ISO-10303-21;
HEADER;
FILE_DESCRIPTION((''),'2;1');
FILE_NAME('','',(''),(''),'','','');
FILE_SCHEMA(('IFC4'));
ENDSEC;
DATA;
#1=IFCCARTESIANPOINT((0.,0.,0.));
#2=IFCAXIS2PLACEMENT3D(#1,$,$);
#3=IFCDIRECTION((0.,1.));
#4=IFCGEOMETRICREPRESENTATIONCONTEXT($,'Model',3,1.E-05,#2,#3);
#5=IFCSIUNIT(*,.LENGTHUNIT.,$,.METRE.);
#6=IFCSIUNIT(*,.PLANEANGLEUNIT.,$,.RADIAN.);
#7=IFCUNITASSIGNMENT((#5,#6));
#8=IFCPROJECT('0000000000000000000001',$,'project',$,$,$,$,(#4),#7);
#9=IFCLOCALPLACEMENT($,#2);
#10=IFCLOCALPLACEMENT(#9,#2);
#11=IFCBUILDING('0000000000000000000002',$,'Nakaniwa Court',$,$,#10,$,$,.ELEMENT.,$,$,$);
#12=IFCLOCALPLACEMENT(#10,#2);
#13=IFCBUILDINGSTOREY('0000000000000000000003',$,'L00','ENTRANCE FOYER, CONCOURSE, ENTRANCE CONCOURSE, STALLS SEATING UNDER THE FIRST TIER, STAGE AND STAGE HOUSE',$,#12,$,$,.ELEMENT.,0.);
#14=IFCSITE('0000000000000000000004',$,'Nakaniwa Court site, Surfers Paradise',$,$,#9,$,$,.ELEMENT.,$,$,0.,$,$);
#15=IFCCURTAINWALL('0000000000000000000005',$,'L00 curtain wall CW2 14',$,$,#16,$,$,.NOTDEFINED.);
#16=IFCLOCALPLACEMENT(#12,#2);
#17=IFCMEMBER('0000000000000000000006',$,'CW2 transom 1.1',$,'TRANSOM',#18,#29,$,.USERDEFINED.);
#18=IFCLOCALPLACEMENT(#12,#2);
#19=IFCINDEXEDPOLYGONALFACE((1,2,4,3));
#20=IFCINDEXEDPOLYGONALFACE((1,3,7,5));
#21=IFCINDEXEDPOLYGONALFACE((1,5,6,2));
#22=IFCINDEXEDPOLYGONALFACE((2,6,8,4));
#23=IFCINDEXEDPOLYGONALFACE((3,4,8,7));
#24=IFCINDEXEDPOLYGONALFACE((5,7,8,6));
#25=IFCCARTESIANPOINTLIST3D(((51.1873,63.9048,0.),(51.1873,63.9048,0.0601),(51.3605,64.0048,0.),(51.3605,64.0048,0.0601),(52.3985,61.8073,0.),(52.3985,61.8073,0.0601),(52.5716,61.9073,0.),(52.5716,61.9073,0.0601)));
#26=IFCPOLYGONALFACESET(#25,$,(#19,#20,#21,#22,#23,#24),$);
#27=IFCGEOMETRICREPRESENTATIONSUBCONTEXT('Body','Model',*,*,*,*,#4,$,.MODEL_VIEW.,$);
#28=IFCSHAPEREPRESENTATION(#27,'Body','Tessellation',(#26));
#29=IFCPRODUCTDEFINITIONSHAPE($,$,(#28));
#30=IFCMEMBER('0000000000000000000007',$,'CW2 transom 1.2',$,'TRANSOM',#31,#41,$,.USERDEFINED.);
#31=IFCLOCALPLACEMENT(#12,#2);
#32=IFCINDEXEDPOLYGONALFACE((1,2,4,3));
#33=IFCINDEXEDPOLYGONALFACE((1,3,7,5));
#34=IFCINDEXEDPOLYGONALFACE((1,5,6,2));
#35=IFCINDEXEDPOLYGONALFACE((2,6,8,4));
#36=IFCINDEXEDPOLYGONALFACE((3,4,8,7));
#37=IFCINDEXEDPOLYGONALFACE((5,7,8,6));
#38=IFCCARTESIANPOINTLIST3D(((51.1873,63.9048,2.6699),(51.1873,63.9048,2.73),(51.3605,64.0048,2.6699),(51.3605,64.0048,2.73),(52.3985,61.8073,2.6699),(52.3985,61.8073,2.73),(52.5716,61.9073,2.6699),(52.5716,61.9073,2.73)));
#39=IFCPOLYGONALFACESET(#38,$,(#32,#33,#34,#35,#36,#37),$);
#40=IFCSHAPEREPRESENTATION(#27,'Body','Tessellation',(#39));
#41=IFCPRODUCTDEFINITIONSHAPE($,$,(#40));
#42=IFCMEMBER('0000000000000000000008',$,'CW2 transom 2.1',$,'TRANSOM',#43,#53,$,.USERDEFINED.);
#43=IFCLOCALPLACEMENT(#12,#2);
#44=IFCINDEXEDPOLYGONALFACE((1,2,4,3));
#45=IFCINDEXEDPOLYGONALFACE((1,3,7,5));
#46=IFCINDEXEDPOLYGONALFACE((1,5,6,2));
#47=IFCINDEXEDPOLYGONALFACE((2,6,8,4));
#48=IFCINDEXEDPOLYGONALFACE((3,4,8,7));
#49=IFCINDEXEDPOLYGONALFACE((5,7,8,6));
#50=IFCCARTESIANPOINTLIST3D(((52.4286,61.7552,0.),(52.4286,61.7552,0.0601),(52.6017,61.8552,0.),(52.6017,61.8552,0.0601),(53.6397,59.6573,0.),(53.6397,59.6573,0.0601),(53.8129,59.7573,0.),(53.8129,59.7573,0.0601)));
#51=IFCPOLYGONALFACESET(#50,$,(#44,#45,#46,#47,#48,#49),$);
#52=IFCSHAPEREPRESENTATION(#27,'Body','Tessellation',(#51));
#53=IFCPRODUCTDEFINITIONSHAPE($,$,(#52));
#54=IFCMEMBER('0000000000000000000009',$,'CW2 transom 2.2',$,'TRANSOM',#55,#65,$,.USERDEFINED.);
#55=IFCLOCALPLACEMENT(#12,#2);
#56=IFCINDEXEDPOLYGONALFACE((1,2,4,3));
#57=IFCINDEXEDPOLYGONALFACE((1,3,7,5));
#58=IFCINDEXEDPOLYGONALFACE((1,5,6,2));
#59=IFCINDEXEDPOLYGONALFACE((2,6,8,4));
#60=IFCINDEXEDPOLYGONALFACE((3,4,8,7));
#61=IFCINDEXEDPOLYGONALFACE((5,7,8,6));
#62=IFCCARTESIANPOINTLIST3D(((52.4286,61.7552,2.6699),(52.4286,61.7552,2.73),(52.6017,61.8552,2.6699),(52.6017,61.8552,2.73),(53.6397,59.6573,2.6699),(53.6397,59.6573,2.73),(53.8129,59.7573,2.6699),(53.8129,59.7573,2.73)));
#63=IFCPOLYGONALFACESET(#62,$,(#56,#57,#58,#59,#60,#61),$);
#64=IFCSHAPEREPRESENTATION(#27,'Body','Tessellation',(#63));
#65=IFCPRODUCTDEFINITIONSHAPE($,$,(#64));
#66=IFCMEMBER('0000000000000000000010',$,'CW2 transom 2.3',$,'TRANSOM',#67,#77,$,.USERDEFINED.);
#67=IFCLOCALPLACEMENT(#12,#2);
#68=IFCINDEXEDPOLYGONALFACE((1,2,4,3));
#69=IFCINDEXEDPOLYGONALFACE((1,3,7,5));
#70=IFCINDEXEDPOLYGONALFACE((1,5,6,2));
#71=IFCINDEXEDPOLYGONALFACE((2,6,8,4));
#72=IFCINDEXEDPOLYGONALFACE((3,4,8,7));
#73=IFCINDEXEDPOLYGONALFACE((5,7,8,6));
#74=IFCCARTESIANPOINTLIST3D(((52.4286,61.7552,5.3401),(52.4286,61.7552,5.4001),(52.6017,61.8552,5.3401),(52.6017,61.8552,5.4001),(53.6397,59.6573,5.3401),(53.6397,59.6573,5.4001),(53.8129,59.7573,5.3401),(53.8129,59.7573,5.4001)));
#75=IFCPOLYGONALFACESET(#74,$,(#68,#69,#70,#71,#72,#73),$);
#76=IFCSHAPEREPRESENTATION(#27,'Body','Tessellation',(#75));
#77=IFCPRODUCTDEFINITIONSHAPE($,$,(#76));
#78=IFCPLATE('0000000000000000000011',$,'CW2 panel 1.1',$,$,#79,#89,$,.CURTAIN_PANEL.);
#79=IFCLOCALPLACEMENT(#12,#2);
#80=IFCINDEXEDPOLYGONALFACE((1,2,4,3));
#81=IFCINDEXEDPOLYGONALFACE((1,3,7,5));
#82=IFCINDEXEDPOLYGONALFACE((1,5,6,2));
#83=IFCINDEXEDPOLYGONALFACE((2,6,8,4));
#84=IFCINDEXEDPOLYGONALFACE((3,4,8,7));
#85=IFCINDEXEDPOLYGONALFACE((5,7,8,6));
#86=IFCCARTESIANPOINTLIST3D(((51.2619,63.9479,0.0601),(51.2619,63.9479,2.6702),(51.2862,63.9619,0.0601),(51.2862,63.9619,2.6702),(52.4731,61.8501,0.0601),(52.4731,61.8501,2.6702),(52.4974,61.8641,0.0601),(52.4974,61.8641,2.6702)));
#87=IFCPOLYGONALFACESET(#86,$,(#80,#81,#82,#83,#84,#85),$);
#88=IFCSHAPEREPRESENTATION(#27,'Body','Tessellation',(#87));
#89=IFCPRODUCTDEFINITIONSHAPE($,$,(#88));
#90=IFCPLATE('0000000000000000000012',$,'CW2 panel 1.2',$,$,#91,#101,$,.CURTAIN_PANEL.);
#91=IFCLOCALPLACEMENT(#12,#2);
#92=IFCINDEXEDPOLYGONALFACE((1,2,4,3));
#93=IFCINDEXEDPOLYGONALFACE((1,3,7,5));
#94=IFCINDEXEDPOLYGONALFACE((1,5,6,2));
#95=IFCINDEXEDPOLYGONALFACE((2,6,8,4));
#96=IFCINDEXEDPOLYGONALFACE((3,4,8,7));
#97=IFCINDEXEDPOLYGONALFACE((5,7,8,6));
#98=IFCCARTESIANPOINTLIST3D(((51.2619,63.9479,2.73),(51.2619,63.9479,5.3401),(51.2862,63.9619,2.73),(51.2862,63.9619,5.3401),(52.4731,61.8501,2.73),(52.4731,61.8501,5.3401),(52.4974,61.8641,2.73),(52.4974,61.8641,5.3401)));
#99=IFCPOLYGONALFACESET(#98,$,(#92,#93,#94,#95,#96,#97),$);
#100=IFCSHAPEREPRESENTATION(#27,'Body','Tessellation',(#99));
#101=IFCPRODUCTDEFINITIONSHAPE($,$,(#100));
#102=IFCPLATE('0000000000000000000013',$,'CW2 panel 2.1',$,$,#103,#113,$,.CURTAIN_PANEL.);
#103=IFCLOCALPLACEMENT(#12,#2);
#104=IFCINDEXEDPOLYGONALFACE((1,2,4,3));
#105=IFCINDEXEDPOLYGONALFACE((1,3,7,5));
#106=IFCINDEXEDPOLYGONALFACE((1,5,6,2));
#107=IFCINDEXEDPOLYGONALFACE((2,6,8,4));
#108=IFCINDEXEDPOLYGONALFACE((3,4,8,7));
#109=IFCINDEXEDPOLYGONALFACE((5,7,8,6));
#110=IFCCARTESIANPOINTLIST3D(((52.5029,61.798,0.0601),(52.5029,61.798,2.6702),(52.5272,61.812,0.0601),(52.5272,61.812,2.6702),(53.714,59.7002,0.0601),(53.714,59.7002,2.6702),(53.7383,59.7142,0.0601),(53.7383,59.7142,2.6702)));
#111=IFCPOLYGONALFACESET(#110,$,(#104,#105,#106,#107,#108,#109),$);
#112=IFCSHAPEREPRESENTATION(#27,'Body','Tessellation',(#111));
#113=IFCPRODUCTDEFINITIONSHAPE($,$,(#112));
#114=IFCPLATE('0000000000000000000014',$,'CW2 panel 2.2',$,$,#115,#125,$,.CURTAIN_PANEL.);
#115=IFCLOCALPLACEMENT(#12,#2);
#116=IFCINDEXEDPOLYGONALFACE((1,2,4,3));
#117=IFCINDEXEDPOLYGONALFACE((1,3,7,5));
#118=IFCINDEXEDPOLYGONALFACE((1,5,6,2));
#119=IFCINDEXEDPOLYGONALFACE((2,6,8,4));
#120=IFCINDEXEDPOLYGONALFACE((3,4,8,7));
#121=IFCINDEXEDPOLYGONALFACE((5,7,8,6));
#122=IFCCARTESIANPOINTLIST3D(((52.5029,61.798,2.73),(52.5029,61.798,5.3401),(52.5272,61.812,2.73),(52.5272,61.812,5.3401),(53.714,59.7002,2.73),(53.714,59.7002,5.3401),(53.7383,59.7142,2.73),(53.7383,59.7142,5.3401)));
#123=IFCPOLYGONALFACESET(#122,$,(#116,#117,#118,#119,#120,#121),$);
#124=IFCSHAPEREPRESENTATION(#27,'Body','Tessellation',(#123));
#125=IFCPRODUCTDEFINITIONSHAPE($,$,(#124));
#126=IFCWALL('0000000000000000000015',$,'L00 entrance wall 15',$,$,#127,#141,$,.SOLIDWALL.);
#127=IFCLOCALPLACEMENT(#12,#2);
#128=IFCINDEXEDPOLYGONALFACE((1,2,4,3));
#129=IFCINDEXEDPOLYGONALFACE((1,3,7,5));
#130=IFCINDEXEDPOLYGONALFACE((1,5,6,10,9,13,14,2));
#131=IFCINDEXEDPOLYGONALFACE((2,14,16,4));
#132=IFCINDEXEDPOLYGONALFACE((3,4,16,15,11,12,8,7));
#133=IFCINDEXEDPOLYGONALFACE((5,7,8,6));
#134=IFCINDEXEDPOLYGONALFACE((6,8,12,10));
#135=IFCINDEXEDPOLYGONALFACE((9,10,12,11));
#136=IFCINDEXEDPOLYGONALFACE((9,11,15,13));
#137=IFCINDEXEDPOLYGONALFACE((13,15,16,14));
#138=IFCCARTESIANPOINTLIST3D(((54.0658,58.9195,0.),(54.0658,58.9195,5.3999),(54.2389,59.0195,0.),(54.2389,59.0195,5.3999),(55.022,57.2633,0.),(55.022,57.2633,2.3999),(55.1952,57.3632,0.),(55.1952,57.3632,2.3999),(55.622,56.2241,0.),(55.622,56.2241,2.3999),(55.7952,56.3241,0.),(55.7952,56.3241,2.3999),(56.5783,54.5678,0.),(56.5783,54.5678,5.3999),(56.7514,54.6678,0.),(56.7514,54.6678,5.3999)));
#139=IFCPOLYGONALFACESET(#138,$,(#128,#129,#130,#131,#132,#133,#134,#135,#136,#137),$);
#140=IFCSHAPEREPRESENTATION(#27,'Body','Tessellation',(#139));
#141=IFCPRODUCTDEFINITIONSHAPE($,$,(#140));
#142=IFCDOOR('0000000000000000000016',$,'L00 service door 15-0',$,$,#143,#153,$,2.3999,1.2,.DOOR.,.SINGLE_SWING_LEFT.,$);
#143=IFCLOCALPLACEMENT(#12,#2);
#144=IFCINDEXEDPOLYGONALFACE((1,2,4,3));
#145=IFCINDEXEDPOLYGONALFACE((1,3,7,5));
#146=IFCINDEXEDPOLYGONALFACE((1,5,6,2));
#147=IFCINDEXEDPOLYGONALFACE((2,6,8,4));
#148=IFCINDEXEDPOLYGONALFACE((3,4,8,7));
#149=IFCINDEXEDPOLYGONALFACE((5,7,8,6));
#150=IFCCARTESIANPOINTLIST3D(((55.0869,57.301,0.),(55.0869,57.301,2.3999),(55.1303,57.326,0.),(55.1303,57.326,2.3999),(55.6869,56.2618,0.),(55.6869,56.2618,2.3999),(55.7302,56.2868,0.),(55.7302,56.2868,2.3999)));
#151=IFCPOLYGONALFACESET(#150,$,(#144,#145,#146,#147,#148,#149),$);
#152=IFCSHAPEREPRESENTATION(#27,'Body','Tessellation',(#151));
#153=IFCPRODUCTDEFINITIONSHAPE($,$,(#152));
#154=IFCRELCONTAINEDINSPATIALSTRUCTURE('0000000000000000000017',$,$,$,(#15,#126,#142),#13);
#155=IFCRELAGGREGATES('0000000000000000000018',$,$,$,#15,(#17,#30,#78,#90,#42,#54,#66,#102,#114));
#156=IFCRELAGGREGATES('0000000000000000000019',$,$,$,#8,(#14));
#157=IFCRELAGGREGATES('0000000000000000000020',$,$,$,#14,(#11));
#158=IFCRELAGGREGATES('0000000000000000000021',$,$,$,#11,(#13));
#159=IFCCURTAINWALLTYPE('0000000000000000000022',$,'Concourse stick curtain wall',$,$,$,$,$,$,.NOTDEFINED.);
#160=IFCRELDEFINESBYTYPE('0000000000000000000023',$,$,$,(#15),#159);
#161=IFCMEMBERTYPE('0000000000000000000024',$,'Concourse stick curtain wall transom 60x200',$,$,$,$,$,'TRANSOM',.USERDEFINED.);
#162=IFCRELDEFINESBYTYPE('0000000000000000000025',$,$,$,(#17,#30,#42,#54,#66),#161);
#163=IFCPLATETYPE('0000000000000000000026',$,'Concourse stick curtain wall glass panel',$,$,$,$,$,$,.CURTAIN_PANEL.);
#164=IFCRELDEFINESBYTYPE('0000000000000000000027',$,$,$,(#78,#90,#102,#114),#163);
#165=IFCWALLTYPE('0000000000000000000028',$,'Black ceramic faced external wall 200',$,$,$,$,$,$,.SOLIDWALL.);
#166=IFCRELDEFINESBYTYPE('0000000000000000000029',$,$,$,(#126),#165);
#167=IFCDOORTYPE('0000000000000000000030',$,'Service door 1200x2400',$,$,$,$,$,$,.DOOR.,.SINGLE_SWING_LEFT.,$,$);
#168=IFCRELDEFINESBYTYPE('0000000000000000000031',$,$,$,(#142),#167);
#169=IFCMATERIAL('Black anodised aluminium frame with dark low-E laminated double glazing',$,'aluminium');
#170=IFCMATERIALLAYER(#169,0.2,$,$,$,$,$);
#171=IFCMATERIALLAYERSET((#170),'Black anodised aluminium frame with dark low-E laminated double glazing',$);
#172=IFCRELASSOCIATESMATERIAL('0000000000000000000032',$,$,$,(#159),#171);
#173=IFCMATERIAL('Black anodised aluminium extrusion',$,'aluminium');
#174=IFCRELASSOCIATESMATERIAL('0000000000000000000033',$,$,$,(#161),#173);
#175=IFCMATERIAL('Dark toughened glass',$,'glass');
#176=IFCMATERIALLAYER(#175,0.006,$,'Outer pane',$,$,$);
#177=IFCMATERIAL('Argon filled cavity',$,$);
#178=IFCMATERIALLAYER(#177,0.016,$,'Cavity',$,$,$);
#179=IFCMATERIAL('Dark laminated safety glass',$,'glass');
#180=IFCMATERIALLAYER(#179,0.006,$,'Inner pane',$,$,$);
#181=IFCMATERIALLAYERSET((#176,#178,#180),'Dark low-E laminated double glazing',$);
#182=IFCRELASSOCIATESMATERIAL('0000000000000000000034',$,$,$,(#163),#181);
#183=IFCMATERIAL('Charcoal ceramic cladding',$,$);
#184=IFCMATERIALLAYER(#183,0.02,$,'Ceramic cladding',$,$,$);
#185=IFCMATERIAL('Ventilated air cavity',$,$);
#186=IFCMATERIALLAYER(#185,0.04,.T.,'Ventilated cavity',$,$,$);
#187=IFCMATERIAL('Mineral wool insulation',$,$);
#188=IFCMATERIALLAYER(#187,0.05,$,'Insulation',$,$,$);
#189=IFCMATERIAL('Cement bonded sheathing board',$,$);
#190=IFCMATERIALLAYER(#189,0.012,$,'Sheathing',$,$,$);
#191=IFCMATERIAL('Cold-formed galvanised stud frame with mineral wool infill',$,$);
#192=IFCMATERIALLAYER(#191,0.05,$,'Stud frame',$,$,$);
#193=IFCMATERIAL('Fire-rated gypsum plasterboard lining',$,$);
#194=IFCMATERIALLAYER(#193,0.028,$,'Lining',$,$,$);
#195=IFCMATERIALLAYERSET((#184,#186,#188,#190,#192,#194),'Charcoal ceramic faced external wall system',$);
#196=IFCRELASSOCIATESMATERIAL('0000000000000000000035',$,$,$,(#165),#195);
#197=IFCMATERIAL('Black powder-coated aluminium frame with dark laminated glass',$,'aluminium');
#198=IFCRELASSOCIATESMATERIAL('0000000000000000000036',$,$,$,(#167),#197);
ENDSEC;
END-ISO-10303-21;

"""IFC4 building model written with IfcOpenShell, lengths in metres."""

from ifc_helpers import new_model, si_unit, direction, frame, frame_2d, origin, origin_2d, place, context, subcontext, project, spatial, rectangle, extrude, material, layer, layer_set, material_profile, profile_set, type_object, element, fill, aggregate, save


model = new_model("IFC4")

# Units and contexts
model_context = context("Model", 3, precision=1e-05, world=origin(), true_north=direction((0.0, 1.0)))
body_context = subcontext(model_context, "Body", "Model", "MODEL_VIEW")
ifc_project = project(units=[si_unit("LENGTHUNIT", "METRE"), si_unit("PLANEANGLEUNIT", "RADIAN")], contexts=[model_context])

# Site, building, storey
site_placement = place(None, origin())
site = spatial("IfcSite", under=ifc_project, at=site_placement, Name="Nakaniwa Court site, Surfers Paradise", CompositionType="ELEMENT", RefElevation=0.0)
building_placement = place(site_placement, origin())
building = spatial("IfcBuilding", under=site, at=building_placement, Name="Nakaniwa Court", CompositionType="ELEMENT")
storey_placement = place(building_placement, origin())
storey = spatial("IfcBuildingStorey", under=building, at=storey_placement, Name="L00", Description="ENTRANCE FOYER, CONCOURSE, ENTRANCE CONCOURSE, STALLS SEATING UNDER THE FIRST TIER, STAGE AND STAGE HOUSE", CompositionType="ELEMENT", Elevation=0.0)

# Curtain wall, members, plates
ifc_material_1 = material(Name="Black anodised aluminium frame with dark low-E laminated double glazing", Category="aluminium")
ifc_layer_1 = layer(ifc_material_1, 0.2)
ifc_layer_set_1 = layer_set([ifc_layer_1], Name="Black anodised aluminium frame with dark low-E laminated double glazing")
curtain_wall_type = type_object("IfcCurtainWallType", Name="Concourse stick curtain wall", PredefinedType="NOTDEFINED", material=ifc_layer_set_1)
curtain_wall_placement = place(storey_placement, origin())
curtain_wall = element("IfcCurtainWall", 1, at=curtain_wall_placement, inside=storey, type_object=curtain_wall_type, Name="L00 curtain wall CW2 14", PredefinedType="NOTDEFINED")
ifc_material_2 = material(Name="Black anodised aluminium extrusion", Category="aluminium")
ifc_material_profile_1 = material_profile(ifc_material_2, rectangle(XDim=0.2, YDim=0.0601, at=origin_2d()), Name="Concourse stick curtain wall transom 60x200")
ifc_profile_set_1 = profile_set([ifc_material_profile_1], Name="Black anodised aluminium extrusion")
member_type_1 = type_object("IfcMemberType", Name="Concourse stick curtain wall transom 60x200", ElementType="TRANSOM", PredefinedType="USERDEFINED", material=ifc_profile_set_1)
member_1_placement = place(storey_placement, frame((51.2739, 63.9548, 0.03), z_axis=(0.500031, -0.866008, 0.0), x_axis=(0.866008, 0.500031, 0.0)))
member_1 = element("IfcMember", 2, at=member_1_placement, type_object=member_type_1, Name="CW2 transom 1.1", ObjectType="TRANSOM", PredefinedType="USERDEFINED", context=body_context, shape_type="SweptSolid", body=[
    extrude(rectangle(XDim=0.2, YDim=0.0601, at=origin_2d()), origin(), (0.0, 0.0, 1.0), 2.4221),
])
member_2_placement = place(storey_placement, frame((51.2739, 63.9548, 2.7), z_axis=(0.500031, -0.866008, 0.0), x_axis=(0.866008, 0.500031, 0.0)))
member_2 = element("IfcMember", 3, at=member_2_placement, type_object=member_type_1, Name="CW2 transom 1.2", ObjectType="TRANSOM", PredefinedType="USERDEFINED", context=body_context, shape_type="SweptSolid", body=[
    extrude(rectangle(XDim=0.2, YDim=0.0601, at=origin_2d()), origin(), (0.0, 0.0, 1.0), 2.4221),
])
member_3_placement = place(storey_placement, frame((52.5151, 61.8052, 0.03), z_axis=(0.499987, -0.866033, 0.0), x_axis=(0.866033, 0.499987, 0.0)))
member_3 = element("IfcMember", 4, at=member_3_placement, type_object=member_type_1, Name="CW2 transom 2.1", ObjectType="TRANSOM", PredefinedType="USERDEFINED", context=body_context, shape_type="SweptSolid", body=[
    extrude(rectangle(XDim=0.2, YDim=0.0601, at=origin_2d()), origin(), (0.0, 0.0, 1.0), 2.4224),
])
member_4_placement = place(storey_placement, frame((52.5151, 61.8052, 2.7), z_axis=(0.499987, -0.866033, 0.0), x_axis=(0.866033, 0.499987, 0.0)))
member_4 = element("IfcMember", 5, at=member_4_placement, type_object=member_type_1, Name="CW2 transom 2.2", ObjectType="TRANSOM", PredefinedType="USERDEFINED", context=body_context, shape_type="SweptSolid", body=[
    extrude(rectangle(XDim=0.2, YDim=0.0601, at=origin_2d()), origin(), (0.0, 0.0, 1.0), 2.4224),
])
member_5_placement = place(storey_placement, frame((52.5151, 61.8052, 5.3701), z_axis=(0.499987, -0.866033, 0.0), x_axis=(0.866033, 0.499987, 0.0)))
member_5 = element("IfcMember", 6, at=member_5_placement, type_object=member_type_1, Name="CW2 transom 2.3", ObjectType="TRANSOM", PredefinedType="USERDEFINED", context=body_context, shape_type="SweptSolid", body=[
    extrude(rectangle(XDim=0.2, YDim=0.0601, at=origin_2d()), origin(), (0.0, 0.0, 1.0), 2.4224),
])
ifc_material_3 = material(Name="Dark toughened glass", Category="glass")
ifc_layer_2 = layer(ifc_material_3, 0.006, Name="Outer pane")
ifc_material_4 = material(Name="Argon filled cavity")
ifc_layer_3 = layer(ifc_material_4, 0.016, Name="Cavity")
ifc_material_5 = material(Name="Dark laminated safety glass", Category="glass")
ifc_layer_4 = layer(ifc_material_5, 0.006, Name="Inner pane")
ifc_layer_set_2 = layer_set([ifc_layer_2, ifc_layer_3, ifc_layer_4], Name="Dark low-E laminated double glazing")
plate_type = type_object("IfcPlateType", Name="Concourse stick curtain wall glass panel", PredefinedType="CURTAIN_PANEL", material=ifc_layer_set_2)
plate_1_placement = place(storey_placement, frame((51.8796, 62.906, 0.0601), z_axis=(0.0, 0.0, 1.0), x_axis=(0.499985, -0.866034, 0.0)))
plate_1 = element("IfcPlate", 7, at=plate_1_placement, type_object=plate_type, Name="CW2 panel 1.1", PredefinedType="CURTAIN_PANEL", context=body_context, shape_type="SweptSolid", body=[
    extrude(rectangle(XDim=2.4224, YDim=0.0281, at=origin_2d()), origin(), (0.0, 0.0, 1.0), 2.6101),
])
plate_2_placement = place(storey_placement, frame((51.8796, 62.906, 2.73), z_axis=(0.0, 0.0, 1.0), x_axis=(0.499985, -0.866034, 0.0)))
plate_2 = element("IfcPlate", 8, at=plate_2_placement, type_object=plate_type, Name="CW2 panel 1.2", PredefinedType="CURTAIN_PANEL", context=body_context, shape_type="SweptSolid", body=[
    extrude(rectangle(XDim=2.4224, YDim=0.0281, at=origin_2d()), origin(), (0.0, 0.0, 1.0), 2.6101),
])
plate_3_placement = place(storey_placement, frame((53.1206, 60.7561, 0.0601), z_axis=(0.0, 0.0, 1.0), x_axis=(0.499985, -0.866034, 0.0)))
plate_3 = element("IfcPlate", 9, at=plate_3_placement, type_object=plate_type, Name="CW2 panel 2.1", PredefinedType="CURTAIN_PANEL", context=body_context, shape_type="SweptSolid", body=[
    extrude(rectangle(XDim=2.4224, YDim=0.0281, at=origin_2d()), origin(), (0.0, 0.0, 1.0), 2.6101),
])
plate_4_placement = place(storey_placement, frame((53.1206, 60.7561, 2.73), z_axis=(0.0, 0.0, 1.0), x_axis=(0.499985, -0.866034, 0.0)))
plate_4 = element("IfcPlate", 10, at=plate_4_placement, type_object=plate_type, Name="CW2 panel 2.2", PredefinedType="CURTAIN_PANEL", context=body_context, shape_type="SweptSolid", body=[
    extrude(rectangle(XDim=2.4224, YDim=0.0281, at=origin_2d()), origin(), (0.0, 0.0, 1.0), 2.6101),
])
aggregate(curtain_wall, [member_1, member_2, plate_1, plate_2, member_3, member_4, member_5, plate_3, plate_4])

# Wall, opening, door
ifc_material_6 = material(Name="Charcoal ceramic cladding")
ifc_layer_5 = layer(ifc_material_6, 0.02, Name="Ceramic cladding")
ifc_material_7 = material(Name="Ventilated air cavity")
ifc_layer_6 = layer(ifc_material_7, 0.04, ventilated=True, Name="Ventilated cavity")
ifc_material_8 = material(Name="Mineral wool insulation")
ifc_layer_7 = layer(ifc_material_8, 0.05, Name="Insulation")
ifc_material_9 = material(Name="Cement bonded sheathing board")
ifc_layer_8 = layer(ifc_material_9, 0.012, Name="Sheathing")
ifc_material_10 = material(Name="Cold-formed galvanised stud frame with mineral wool infill")
ifc_layer_9 = layer(ifc_material_10, 0.05, Name="Stud frame")
ifc_material_11 = material(Name="Fire-rated gypsum plasterboard lining")
ifc_layer_10 = layer(ifc_material_11, 0.028, Name="Lining")
ifc_layer_set_3 = layer_set([ifc_layer_5, ifc_layer_6, ifc_layer_7, ifc_layer_8, ifc_layer_9, ifc_layer_10], Name="Charcoal ceramic faced external wall system")
wall_type_1 = type_object("IfcWallType", Name="Black ceramic faced external wall 200", PredefinedType="SOLIDWALL", material=ifc_layer_set_3)
wall_1_placement = place(storey_placement, frame((54.1523, 58.9695, 0.0), z_axis=(0.0, 0.0, 1.0), x_axis=(0.500011, -0.866019, 0.0)))
wall_1 = element("IfcWall", 11, at=wall_1_placement, inside=storey, type_object=wall_type_1, Name="L00 entrance wall 15", PredefinedType="SOLIDWALL", context=body_context, shape_type="SweptSolid", body=[
    extrude(rectangle(XDim=5.0249, YDim=0.2, at=frame_2d((2.5125, 0.0))), origin(), (0.0, 0.0, 1.0), 5.3999),
])
opening_1_placement = place(wall_1_placement, frame((1.9124, 0.0, 0.0)))
opening_1 = element("IfcOpeningElement", 12, at=opening_1_placement, cuts=wall_1, PredefinedType="OPENING", context=body_context, shape_type="SweptSolid", body=[
    extrude(rectangle(XDim=1.2, YDim=2.3999, at=frame_2d((0.6001, 1.2))), frame((0.0, 0.1099, 0.0), z_axis=(0.0, -1.0, 0.0), x_axis=(1.0, 0.0, 0.0)), (0.0, 0.0, 1.0), 0.22),
])
ifc_material_12 = material(Name="Black powder-coated aluminium frame with dark laminated glass", Category="aluminium")
door_type_1 = type_object("IfcDoorType", Name="Service door 1200x2400", OperationType="SINGLE_SWING_LEFT", PredefinedType="DOOR", material=ifc_material_12)
door_1_placement = place(opening_1_placement, frame((1.2, 0.0, 0.0), z_axis=(0.0, 0.0, 1.0), x_axis=(-1.0, 0.0, 0.0)))
door_1 = element("IfcDoor", 13, at=door_1_placement, inside=storey, type_object=door_type_1, Name="L00 service door 15-0", OperationType="SINGLE_SWING_LEFT", OverallHeight=2.3999, OverallWidth=1.2, PredefinedType="DOOR", context=body_context, shape_type="SweptSolid", body=[
    extrude(rectangle(XDim=1.2, YDim=2.3999, at=frame_2d((0.6001, 1.2))), frame((0.0, 0.0249, 0.0), z_axis=(0.0, -1.0, 0.0), x_axis=(1.0, 0.0, 0.0)), (0.0, 0.0, 1.0), 0.05),
])
fill(opening_1, door_1)

save(model, "model.ifc")
